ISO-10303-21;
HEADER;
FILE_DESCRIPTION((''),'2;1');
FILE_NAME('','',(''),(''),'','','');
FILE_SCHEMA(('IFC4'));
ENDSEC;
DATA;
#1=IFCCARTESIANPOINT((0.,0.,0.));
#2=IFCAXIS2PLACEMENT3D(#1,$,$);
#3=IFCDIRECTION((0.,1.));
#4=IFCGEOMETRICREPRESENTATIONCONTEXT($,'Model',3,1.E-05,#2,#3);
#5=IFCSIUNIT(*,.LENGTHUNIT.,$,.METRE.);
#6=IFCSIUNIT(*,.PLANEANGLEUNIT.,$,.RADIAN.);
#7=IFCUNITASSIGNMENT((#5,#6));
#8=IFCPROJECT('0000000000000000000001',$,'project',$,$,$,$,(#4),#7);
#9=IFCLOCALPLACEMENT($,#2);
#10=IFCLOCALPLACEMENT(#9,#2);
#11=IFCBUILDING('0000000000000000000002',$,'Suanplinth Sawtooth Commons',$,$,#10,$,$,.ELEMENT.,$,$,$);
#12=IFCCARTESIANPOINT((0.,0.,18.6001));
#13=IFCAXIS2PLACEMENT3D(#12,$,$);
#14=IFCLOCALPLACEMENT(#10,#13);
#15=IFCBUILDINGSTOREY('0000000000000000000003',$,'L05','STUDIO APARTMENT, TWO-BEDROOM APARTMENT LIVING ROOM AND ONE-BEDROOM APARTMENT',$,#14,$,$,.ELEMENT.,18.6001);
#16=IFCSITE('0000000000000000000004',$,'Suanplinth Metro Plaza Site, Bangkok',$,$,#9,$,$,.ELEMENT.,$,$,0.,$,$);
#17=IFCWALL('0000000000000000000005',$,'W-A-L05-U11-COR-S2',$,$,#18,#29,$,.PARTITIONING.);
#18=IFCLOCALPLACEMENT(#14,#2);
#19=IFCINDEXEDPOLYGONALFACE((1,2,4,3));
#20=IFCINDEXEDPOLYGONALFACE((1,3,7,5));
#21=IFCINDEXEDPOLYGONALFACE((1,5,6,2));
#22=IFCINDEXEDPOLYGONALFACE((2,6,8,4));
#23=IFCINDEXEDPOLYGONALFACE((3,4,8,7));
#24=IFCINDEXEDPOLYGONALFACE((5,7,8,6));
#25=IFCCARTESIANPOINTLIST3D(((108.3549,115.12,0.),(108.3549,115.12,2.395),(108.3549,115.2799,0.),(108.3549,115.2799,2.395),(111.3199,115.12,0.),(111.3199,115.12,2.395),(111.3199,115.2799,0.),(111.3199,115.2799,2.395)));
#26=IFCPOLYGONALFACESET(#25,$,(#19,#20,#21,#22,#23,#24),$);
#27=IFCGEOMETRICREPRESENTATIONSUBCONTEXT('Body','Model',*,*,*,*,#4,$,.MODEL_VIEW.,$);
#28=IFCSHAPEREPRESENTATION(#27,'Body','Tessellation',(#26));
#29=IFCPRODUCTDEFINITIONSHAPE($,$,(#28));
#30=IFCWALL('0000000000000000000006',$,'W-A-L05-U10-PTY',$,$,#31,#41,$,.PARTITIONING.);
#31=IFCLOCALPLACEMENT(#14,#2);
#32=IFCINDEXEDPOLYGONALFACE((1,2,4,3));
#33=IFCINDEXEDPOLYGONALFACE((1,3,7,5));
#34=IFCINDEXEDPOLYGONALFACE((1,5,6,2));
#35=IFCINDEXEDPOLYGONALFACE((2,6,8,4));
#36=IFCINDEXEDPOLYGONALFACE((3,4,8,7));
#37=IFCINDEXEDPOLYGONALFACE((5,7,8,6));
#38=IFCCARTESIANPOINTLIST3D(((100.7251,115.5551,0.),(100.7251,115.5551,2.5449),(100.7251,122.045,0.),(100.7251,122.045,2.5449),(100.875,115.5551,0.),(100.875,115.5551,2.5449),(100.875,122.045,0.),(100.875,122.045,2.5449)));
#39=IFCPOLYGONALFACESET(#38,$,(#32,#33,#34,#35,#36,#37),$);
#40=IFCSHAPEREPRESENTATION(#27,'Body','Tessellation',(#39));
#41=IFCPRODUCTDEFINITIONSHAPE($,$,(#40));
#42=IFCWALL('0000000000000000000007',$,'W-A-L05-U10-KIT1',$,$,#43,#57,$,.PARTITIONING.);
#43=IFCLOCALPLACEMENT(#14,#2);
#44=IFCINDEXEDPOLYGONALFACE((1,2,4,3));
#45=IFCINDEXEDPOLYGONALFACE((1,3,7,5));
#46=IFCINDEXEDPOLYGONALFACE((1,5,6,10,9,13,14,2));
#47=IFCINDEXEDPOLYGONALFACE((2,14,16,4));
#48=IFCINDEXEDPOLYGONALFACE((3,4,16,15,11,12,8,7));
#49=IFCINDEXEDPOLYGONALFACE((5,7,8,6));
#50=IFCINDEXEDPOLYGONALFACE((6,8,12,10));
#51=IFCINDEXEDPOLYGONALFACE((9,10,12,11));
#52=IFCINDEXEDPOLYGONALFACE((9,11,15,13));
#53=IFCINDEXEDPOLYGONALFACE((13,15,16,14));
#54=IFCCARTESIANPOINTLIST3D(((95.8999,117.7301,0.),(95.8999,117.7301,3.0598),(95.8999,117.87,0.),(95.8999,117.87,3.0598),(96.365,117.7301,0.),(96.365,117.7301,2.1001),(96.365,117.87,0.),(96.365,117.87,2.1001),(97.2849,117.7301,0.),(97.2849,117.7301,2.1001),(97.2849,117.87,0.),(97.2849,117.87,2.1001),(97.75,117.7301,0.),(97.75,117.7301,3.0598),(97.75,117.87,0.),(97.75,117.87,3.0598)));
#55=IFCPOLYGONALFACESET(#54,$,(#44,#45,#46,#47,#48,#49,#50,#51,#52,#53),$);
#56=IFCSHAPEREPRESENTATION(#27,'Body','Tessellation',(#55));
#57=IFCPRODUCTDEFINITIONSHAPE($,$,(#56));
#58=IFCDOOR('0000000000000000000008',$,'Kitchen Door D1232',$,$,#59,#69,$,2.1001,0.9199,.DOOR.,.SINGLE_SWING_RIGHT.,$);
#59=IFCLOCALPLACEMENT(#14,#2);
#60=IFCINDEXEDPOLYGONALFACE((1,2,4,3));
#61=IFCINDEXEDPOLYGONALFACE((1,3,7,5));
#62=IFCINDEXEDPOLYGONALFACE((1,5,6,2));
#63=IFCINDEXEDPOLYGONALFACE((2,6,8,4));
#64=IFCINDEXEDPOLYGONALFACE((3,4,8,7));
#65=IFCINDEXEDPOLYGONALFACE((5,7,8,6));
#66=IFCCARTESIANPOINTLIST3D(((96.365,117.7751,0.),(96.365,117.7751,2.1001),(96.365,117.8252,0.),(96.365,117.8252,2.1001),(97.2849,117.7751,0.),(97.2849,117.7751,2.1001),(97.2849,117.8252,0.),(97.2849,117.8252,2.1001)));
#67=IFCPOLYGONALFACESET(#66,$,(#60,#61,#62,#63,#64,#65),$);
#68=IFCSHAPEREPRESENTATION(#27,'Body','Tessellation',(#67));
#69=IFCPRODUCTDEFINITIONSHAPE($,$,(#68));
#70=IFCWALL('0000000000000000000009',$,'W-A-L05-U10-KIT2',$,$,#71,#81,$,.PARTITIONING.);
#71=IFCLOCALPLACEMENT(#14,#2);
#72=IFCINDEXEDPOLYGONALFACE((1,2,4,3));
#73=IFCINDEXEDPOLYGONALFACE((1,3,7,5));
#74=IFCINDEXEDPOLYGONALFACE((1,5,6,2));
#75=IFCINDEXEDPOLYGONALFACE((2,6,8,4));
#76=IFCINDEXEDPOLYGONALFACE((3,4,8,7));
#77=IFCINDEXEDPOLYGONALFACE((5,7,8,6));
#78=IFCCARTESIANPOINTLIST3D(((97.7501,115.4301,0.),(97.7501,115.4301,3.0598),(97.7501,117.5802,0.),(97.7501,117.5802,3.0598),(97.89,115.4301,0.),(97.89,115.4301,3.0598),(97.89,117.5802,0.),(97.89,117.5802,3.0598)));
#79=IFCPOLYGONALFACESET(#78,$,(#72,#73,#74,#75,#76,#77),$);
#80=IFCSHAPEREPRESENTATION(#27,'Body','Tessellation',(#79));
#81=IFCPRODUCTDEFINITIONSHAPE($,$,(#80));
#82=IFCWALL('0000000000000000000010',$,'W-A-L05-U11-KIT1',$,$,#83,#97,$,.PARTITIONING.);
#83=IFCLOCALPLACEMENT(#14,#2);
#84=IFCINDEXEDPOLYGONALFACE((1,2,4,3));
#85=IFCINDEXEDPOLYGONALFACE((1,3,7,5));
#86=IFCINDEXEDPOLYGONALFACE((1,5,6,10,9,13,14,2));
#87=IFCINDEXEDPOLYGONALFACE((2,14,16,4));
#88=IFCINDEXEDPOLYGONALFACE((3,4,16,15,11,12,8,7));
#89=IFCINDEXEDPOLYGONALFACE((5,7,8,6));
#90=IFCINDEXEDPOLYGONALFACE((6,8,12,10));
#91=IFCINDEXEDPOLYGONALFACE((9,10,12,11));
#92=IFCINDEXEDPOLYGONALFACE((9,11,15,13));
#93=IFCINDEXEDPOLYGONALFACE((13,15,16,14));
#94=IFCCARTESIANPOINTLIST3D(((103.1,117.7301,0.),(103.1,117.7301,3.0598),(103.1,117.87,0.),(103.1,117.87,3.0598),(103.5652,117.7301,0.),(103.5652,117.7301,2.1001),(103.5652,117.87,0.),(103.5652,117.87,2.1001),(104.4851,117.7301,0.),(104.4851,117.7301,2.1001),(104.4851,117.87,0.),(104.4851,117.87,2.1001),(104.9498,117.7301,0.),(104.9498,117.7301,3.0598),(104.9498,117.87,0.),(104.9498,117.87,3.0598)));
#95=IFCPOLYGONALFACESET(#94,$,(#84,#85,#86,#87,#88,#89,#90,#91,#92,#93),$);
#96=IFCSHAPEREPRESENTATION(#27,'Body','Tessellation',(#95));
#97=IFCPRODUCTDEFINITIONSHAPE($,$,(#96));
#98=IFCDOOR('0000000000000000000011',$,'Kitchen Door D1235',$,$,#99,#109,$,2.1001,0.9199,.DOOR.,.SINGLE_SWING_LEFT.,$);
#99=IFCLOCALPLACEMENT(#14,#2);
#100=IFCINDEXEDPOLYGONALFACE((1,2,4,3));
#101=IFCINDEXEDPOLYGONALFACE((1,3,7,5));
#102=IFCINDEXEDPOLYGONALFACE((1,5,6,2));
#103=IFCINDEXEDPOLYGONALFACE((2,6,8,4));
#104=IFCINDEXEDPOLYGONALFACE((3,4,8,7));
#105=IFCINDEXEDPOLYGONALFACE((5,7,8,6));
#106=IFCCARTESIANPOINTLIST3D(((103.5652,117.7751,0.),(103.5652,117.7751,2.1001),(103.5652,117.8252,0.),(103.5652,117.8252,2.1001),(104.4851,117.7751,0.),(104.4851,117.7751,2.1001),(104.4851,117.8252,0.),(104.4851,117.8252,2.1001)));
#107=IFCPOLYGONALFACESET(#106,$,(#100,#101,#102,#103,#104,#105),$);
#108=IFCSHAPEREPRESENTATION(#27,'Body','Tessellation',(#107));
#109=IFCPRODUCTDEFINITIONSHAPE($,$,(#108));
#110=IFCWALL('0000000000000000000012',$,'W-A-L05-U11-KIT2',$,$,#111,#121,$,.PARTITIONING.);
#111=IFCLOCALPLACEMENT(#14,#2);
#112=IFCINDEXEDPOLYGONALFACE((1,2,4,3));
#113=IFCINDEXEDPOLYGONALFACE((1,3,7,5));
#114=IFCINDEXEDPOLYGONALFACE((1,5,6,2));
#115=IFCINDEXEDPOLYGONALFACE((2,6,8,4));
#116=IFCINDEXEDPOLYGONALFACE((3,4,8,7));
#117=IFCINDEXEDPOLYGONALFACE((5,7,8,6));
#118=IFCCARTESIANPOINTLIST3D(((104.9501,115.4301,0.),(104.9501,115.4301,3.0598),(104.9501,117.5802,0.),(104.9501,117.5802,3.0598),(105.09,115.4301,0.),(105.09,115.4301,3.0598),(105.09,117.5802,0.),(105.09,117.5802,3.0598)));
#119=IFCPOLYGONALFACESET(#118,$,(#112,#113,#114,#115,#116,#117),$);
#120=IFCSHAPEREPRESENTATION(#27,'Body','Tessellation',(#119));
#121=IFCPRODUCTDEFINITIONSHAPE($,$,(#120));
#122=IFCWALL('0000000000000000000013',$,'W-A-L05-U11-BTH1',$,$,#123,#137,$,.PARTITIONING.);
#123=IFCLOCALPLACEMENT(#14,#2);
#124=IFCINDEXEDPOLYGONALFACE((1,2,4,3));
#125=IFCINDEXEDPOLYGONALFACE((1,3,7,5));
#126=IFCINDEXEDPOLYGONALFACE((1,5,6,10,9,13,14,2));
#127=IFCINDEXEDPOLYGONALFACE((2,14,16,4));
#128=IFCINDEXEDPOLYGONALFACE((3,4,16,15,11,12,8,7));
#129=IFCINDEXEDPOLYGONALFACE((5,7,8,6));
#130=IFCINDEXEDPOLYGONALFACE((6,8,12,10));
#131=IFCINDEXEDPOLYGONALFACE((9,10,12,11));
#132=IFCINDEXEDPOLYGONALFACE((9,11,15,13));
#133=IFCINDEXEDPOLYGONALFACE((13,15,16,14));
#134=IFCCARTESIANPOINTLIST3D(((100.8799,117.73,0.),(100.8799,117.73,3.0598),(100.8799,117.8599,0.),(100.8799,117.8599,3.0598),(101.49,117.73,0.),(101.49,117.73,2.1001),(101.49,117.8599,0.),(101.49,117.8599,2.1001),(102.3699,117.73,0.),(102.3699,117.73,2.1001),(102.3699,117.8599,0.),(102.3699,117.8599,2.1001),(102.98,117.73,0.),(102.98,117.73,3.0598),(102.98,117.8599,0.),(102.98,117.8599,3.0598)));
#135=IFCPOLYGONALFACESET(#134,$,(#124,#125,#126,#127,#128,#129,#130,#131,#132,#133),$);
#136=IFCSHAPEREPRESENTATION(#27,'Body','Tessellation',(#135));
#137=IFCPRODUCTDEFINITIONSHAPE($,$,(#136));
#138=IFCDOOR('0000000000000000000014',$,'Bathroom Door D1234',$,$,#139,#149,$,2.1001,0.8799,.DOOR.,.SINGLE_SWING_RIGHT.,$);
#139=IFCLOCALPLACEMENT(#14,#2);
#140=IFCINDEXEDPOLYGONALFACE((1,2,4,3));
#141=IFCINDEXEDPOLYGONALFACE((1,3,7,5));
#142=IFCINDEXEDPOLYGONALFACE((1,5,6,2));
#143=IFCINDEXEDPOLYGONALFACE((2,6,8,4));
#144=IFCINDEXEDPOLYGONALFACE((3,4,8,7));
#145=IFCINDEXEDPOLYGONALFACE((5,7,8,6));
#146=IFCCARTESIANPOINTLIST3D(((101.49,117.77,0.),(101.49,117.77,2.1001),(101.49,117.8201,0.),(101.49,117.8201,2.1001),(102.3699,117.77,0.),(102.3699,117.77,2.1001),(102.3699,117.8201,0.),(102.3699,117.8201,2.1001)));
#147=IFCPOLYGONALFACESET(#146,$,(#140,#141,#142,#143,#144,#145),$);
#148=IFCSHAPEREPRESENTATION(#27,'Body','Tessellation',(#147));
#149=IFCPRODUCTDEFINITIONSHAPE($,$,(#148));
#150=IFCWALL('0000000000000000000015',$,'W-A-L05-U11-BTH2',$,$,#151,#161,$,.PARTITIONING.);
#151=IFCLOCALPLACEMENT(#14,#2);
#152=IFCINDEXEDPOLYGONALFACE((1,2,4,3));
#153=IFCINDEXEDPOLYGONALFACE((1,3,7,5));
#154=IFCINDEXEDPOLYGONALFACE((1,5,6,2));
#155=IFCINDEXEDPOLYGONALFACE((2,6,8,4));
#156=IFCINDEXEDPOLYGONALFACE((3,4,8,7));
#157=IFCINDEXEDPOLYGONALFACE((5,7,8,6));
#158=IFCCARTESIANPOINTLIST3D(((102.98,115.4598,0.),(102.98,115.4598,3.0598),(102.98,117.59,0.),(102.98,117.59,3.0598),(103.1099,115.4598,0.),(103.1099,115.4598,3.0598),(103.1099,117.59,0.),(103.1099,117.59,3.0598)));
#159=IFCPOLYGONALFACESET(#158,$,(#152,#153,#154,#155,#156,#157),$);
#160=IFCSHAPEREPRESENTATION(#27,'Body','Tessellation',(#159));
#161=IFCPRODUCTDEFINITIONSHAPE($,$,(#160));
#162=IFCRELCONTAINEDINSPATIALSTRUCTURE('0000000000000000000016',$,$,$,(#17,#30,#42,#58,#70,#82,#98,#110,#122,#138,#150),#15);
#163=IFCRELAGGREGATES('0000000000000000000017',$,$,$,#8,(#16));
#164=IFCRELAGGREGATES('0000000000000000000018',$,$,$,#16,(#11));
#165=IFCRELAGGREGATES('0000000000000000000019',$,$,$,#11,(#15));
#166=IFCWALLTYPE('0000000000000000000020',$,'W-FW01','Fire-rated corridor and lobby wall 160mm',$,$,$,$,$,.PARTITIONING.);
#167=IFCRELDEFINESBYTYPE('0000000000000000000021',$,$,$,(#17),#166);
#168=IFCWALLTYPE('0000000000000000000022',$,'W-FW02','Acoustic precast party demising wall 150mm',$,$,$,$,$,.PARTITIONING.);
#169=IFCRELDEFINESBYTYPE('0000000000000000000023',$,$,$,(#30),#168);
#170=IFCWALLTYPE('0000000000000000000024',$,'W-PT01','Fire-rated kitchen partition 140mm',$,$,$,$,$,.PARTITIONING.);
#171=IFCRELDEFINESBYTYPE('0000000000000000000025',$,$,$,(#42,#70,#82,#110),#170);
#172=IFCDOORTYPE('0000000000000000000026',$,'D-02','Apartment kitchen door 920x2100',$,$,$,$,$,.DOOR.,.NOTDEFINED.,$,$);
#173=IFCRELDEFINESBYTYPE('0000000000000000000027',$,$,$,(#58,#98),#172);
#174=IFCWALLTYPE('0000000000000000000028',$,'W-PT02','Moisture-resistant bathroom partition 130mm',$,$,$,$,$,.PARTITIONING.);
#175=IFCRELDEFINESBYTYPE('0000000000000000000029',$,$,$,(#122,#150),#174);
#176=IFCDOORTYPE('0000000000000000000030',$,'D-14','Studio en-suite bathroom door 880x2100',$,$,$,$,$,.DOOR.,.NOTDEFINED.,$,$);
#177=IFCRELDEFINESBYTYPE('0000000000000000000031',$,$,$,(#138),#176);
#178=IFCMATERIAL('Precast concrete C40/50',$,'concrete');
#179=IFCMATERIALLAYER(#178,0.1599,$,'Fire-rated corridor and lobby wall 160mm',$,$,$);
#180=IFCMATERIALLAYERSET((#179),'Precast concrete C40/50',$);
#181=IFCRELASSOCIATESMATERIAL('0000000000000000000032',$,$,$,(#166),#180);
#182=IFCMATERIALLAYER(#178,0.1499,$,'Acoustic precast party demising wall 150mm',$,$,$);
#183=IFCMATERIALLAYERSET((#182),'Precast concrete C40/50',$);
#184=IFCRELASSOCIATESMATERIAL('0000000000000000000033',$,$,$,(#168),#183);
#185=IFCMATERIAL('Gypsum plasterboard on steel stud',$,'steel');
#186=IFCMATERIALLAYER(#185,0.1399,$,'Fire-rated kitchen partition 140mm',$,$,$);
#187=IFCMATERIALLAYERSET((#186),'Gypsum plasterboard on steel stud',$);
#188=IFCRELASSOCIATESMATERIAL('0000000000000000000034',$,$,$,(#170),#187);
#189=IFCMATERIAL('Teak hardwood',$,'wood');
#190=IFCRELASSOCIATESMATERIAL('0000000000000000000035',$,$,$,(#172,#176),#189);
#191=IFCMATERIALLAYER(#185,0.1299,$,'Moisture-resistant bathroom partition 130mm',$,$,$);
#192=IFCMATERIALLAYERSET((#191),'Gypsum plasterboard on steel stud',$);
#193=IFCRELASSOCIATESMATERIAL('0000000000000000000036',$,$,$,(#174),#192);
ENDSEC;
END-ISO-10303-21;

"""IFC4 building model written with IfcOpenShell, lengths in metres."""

from ifc_helpers import new_model, si_unit, direction, frame, frame_2d, origin, place, context, subcontext, project, spatial, rectangle, extrude, material, layer, layer_set, type_object, element, fill, save


model = new_model("IFC4")

# Units and contexts
model_context = context("Model", 3, precision=1e-05, world=origin(), true_north=direction((0.0, 1.0)))
body_context = subcontext(model_context, "Body", "Model", "MODEL_VIEW")
ifc_project = project(units=[si_unit("LENGTHUNIT", "METRE"), si_unit("PLANEANGLEUNIT", "RADIAN")], contexts=[model_context])

# Site, building, storey
site_placement = place(None, origin())
site = spatial("IfcSite", under=ifc_project, at=site_placement, Name="Suanplinth Metro Plaza Site, Bangkok", CompositionType="ELEMENT", RefElevation=0.0)
building_placement = place(site_placement, origin())
building = spatial("IfcBuilding", under=site, at=building_placement, Name="Suanplinth Sawtooth Commons", CompositionType="ELEMENT")
storey_placement = place(building_placement, frame((0.0, 0.0, 18.6001)))
storey = spatial("IfcBuildingStorey", under=building, at=storey_placement, Name="L05", Description="STUDIO APARTMENT, TWO-BEDROOM APARTMENT LIVING ROOM AND ONE-BEDROOM APARTMENT", CompositionType="ELEMENT", Elevation=18.6001)

# Shared definitions
ifc_material_1 = material(Name="Precast concrete C40/50", Category="concrete")

# Walls
ifc_layer_1 = layer(ifc_material_1, 0.1599, Name="Fire-rated corridor and lobby wall 160mm")
ifc_layer_set_1 = layer_set([ifc_layer_1], Name="Precast concrete C40/50")
wall_type_1 = type_object("IfcWallType", Name="W-FW01", Description="Fire-rated corridor and lobby wall 160mm", PredefinedType="PARTITIONING", material=ifc_layer_set_1)
wall_1_placement = place(storey_placement, frame((108.355, 115.2, 0.0), z_axis=(0.0, 0.0, 1.0), x_axis=(1.0, 0.0, 0.0)))
element("IfcWall", 1, at=wall_1_placement, inside=storey, type_object=wall_type_1, Name="W-A-L05-U11-COR-S2", PredefinedType="PARTITIONING", context=body_context, shape_type="SweptSolid", body=[
    extrude(rectangle(XDim=2.9651, YDim=0.1599, at=frame_2d((1.4824, 0.0))), origin(), (0.0, 0.0, 1.0), 2.395),
])
ifc_layer_2 = layer(ifc_material_1, 0.1499, Name="Acoustic precast party demising wall 150mm")
ifc_layer_set_2 = layer_set([ifc_layer_2], Name="Precast concrete C40/50")
wall_type_2 = type_object("IfcWallType", Name="W-FW02", Description="Acoustic precast party demising wall 150mm", PredefinedType="PARTITIONING", material=ifc_layer_set_2)
wall_2_placement = place(storey_placement, frame((100.8, 115.5549, 0.0), z_axis=(0.0, 0.0, 1.0), x_axis=(0.0, 1.0, 0.0)))
element("IfcWall", 2, at=wall_2_placement, inside=storey, type_object=wall_type_2, Name="W-A-L05-U10-PTY", PredefinedType="PARTITIONING", context=body_context, shape_type="SweptSolid", body=[
    extrude(rectangle(XDim=6.49, YDim=0.1499, at=frame_2d((3.2451, 0.0))), origin(), (0.0, 0.0, 1.0), 2.5449),
])

# Wall, opening, door
ifc_material_2 = material(Name="Gypsum plasterboard on steel stud", Category="steel")
ifc_layer_3 = layer(ifc_material_2, 0.1399, Name="Fire-rated kitchen partition 140mm")
ifc_layer_set_3 = layer_set([ifc_layer_3], Name="Gypsum plasterboard on steel stud")
wall_type_3 = type_object("IfcWallType", Name="W-PT01", Description="Fire-rated kitchen partition 140mm", PredefinedType="PARTITIONING", material=ifc_layer_set_3)
wall_3_placement = place(storey_placement, frame((95.8999, 117.8, 0.0), z_axis=(0.0, 0.0, 1.0), x_axis=(1.0, 0.0, 0.0)))
wall_3 = element("IfcWall", 3, at=wall_3_placement, inside=storey, type_object=wall_type_3, Name="W-A-L05-U10-KIT1", PredefinedType="PARTITIONING", context=body_context, shape_type="SweptSolid", body=[
    extrude(rectangle(XDim=1.8501, YDim=0.1399, at=frame_2d((0.925, 0.0))), origin(), (0.0, 0.0, 1.0), 3.0598),
])
opening_1_placement = place(wall_3_placement, frame((0.4651, 0.0, 0.0)))
opening_1 = element("IfcOpeningElement", 4, at=opening_1_placement, cuts=wall_3, PredefinedType="OPENING", context=body_context, shape_type="SweptSolid", body=[
    extrude(rectangle(XDim=0.9199, YDim=2.1001, at=frame_2d((0.46, 1.05))), frame((0.0, 0.085, 0.0), z_axis=(0.0, -1.0, 0.0), x_axis=(1.0, 0.0, 0.0)), (0.0, 0.0, 1.0), 0.1697),
])
ifc_material_3 = material(Name="Teak hardwood", Category="wood")
door_type_1 = type_object("IfcDoorType", Name="D-02", Description="Apartment kitchen door 920x2100", OperationType="NOTDEFINED", PredefinedType="DOOR", material=ifc_material_3)
door_1_placement = place(opening_1_placement, frame((0.9199, 0.0, 0.0), z_axis=(0.0, 0.0, 1.0), x_axis=(-1.0, 0.0, 0.0)))
door_1 = element("IfcDoor", 5, at=door_1_placement, inside=storey, type_object=door_type_1, Name="Kitchen Door D1232", OperationType="SINGLE_SWING_RIGHT", OverallHeight=2.1001, OverallWidth=0.9199, PredefinedType="DOOR", context=body_context, shape_type="SweptSolid", body=[
    extrude(rectangle(XDim=0.9199, YDim=2.1001, at=frame_2d((0.46, 1.05))), frame((0.0, 0.0249, 0.0), z_axis=(0.0, -1.0, 0.0), x_axis=(1.0, 0.0, 0.0)), (0.0, 0.0, 1.0), 0.05),
])
fill(opening_1, door_1)

# Wall
wall_4_placement = place(storey_placement, frame((97.8201, 115.4299, 0.0), z_axis=(0.0, 0.0, 1.0), x_axis=(0.0, 1.0, 0.0)))
element("IfcWall", 6, at=wall_4_placement, inside=storey, type_object=wall_type_3, Name="W-A-L05-U10-KIT2", PredefinedType="PARTITIONING", context=body_context, shape_type="SweptSolid", body=[
    extrude(rectangle(XDim=2.1501, YDim=0.1399, at=frame_2d((1.0752, 0.0))), origin(), (0.0, 0.0, 1.0), 3.0598),
])

# Wall, opening, door
wall_5_placement = place(storey_placement, frame((103.1001, 117.8, 0.0), z_axis=(0.0, 0.0, 1.0), x_axis=(1.0, 0.0, 0.0)))
wall_5 = element("IfcWall", 7, at=wall_5_placement, inside=storey, type_object=wall_type_3, Name="W-A-L05-U11-KIT1", PredefinedType="PARTITIONING", context=body_context, shape_type="SweptSolid", body=[
    extrude(rectangle(XDim=1.8499, YDim=0.1399, at=frame_2d((0.9248, 0.0))), origin(), (0.0, 0.0, 1.0), 3.0598),
])
opening_2_placement = place(wall_5_placement, frame((0.4651, 0.0, 0.0)))
opening_2 = element("IfcOpeningElement", 8, at=opening_2_placement, cuts=wall_5, PredefinedType="OPENING", context=body_context, shape_type="SweptSolid", body=[
    extrude(rectangle(XDim=0.9199, YDim=2.1001, at=frame_2d((0.46, 1.05))), frame((0.0, 0.085, 0.0), z_axis=(0.0, -1.0, 0.0), x_axis=(1.0, 0.0, 0.0)), (0.0, 0.0, 1.0), 0.1697),
])
door_2_placement = place(opening_2_placement, frame((0.9199, 0.0, 0.0), z_axis=(0.0, 0.0, 1.0), x_axis=(-1.0, 0.0, 0.0)))
door_2 = element("IfcDoor", 9, at=door_2_placement, inside=storey, type_object=door_type_1, Name="Kitchen Door D1235", OperationType="SINGLE_SWING_LEFT", OverallHeight=2.1001, OverallWidth=0.9199, PredefinedType="DOOR", context=body_context, shape_type="SweptSolid", body=[
    extrude(rectangle(XDim=0.9199, YDim=2.1001, at=frame_2d((0.46, 1.05))), frame((0.0, 0.0249, 0.0), z_axis=(0.0, -1.0, 0.0), x_axis=(1.0, 0.0, 0.0)), (0.0, 0.0, 1.0), 0.05),
])
fill(opening_2, door_2)

# Wall
wall_6_placement = place(storey_placement, frame((105.02, 115.4299, 0.0), z_axis=(0.0, 0.0, 1.0), x_axis=(0.0, 1.0, 0.0)))
element("IfcWall", 10, at=wall_6_placement, inside=storey, type_object=wall_type_3, Name="W-A-L05-U11-KIT2", PredefinedType="PARTITIONING", context=body_context, shape_type="SweptSolid", body=[
    extrude(rectangle(XDim=2.1501, YDim=0.1399, at=frame_2d((1.0752, 0.0))), origin(), (0.0, 0.0, 1.0), 3.0598),
])

# Wall, opening, door
ifc_layer_4 = layer(ifc_material_2, 0.1299, Name="Moisture-resistant bathroom partition 130mm")
ifc_layer_set_4 = layer_set([ifc_layer_4], Name="Gypsum plasterboard on steel stud")
wall_type_4 = type_object("IfcWallType", Name="W-PT02", Description="Moisture-resistant bathroom partition 130mm", PredefinedType="PARTITIONING", material=ifc_layer_set_4)
wall_7_placement = place(storey_placement, frame((100.8799, 117.7949, 0.0), z_axis=(0.0, 0.0, 1.0), x_axis=(1.0, 0.0, 0.0)))
wall_7 = element("IfcWall", 11, at=wall_7_placement, inside=storey, type_object=wall_type_4, Name="W-A-L05-U11-BTH1", PredefinedType="PARTITIONING", context=body_context, shape_type="SweptSolid", body=[
    extrude(rectangle(XDim=2.1001, YDim=0.1299, at=frame_2d((1.05, 0.0))), origin(), (0.0, 0.0, 1.0), 3.0598),
])
opening_3_placement = place(wall_7_placement, frame((0.6101, 0.0, 0.0)))
opening_3 = element("IfcOpeningElement", 12, at=opening_3_placement, cuts=wall_7, PredefinedType="OPENING", context=body_context, shape_type="SweptSolid", body=[
    extrude(rectangle(XDim=0.8799, YDim=2.1001, at=frame_2d((0.4399, 1.05))), frame((0.0, 0.0798, 0.0), z_axis=(0.0, -1.0, 0.0), x_axis=(1.0, 0.0, 0.0)), (0.0, 0.0, 1.0), 0.1597),
])
door_type_2 = type_object("IfcDoorType", Name="D-14", Description="Studio en-suite bathroom door 880x2100", OperationType="NOTDEFINED", PredefinedType="DOOR", material=ifc_material_3)
door_3_placement = place(opening_3_placement, frame((0.8799, 0.0, 0.0), z_axis=(0.0, 0.0, 1.0), x_axis=(-1.0, 0.0, 0.0)))
door_3 = element("IfcDoor", 13, at=door_3_placement, inside=storey, type_object=door_type_2, Name="Bathroom Door D1234", OperationType="SINGLE_SWING_RIGHT", OverallHeight=2.1001, OverallWidth=0.8799, PredefinedType="DOOR", context=body_context, shape_type="SweptSolid", body=[
    extrude(rectangle(XDim=0.8799, YDim=2.1001, at=frame_2d((0.4399, 1.05))), frame((0.0, 0.0249, 0.0), z_axis=(0.0, -1.0, 0.0), x_axis=(1.0, 0.0, 0.0)), (0.0, 0.0, 1.0), 0.05),
])
fill(opening_3, door_3)

# Wall
wall_8_placement = place(storey_placement, frame((103.0449, 115.46, 0.0), z_axis=(0.0, 0.0, 1.0), x_axis=(0.0, 1.0, 0.0)))
element("IfcWall", 14, at=wall_8_placement, inside=storey, type_object=wall_type_4, Name="W-A-L05-U11-BTH2", PredefinedType="PARTITIONING", context=body_context, shape_type="SweptSolid", body=[
    extrude(rectangle(XDim=2.1301, YDim=0.1299, at=frame_2d((1.0649, 0.0))), origin(), (0.0, 0.0, 1.0), 3.0598),
])

save(model, "model.ifc")
